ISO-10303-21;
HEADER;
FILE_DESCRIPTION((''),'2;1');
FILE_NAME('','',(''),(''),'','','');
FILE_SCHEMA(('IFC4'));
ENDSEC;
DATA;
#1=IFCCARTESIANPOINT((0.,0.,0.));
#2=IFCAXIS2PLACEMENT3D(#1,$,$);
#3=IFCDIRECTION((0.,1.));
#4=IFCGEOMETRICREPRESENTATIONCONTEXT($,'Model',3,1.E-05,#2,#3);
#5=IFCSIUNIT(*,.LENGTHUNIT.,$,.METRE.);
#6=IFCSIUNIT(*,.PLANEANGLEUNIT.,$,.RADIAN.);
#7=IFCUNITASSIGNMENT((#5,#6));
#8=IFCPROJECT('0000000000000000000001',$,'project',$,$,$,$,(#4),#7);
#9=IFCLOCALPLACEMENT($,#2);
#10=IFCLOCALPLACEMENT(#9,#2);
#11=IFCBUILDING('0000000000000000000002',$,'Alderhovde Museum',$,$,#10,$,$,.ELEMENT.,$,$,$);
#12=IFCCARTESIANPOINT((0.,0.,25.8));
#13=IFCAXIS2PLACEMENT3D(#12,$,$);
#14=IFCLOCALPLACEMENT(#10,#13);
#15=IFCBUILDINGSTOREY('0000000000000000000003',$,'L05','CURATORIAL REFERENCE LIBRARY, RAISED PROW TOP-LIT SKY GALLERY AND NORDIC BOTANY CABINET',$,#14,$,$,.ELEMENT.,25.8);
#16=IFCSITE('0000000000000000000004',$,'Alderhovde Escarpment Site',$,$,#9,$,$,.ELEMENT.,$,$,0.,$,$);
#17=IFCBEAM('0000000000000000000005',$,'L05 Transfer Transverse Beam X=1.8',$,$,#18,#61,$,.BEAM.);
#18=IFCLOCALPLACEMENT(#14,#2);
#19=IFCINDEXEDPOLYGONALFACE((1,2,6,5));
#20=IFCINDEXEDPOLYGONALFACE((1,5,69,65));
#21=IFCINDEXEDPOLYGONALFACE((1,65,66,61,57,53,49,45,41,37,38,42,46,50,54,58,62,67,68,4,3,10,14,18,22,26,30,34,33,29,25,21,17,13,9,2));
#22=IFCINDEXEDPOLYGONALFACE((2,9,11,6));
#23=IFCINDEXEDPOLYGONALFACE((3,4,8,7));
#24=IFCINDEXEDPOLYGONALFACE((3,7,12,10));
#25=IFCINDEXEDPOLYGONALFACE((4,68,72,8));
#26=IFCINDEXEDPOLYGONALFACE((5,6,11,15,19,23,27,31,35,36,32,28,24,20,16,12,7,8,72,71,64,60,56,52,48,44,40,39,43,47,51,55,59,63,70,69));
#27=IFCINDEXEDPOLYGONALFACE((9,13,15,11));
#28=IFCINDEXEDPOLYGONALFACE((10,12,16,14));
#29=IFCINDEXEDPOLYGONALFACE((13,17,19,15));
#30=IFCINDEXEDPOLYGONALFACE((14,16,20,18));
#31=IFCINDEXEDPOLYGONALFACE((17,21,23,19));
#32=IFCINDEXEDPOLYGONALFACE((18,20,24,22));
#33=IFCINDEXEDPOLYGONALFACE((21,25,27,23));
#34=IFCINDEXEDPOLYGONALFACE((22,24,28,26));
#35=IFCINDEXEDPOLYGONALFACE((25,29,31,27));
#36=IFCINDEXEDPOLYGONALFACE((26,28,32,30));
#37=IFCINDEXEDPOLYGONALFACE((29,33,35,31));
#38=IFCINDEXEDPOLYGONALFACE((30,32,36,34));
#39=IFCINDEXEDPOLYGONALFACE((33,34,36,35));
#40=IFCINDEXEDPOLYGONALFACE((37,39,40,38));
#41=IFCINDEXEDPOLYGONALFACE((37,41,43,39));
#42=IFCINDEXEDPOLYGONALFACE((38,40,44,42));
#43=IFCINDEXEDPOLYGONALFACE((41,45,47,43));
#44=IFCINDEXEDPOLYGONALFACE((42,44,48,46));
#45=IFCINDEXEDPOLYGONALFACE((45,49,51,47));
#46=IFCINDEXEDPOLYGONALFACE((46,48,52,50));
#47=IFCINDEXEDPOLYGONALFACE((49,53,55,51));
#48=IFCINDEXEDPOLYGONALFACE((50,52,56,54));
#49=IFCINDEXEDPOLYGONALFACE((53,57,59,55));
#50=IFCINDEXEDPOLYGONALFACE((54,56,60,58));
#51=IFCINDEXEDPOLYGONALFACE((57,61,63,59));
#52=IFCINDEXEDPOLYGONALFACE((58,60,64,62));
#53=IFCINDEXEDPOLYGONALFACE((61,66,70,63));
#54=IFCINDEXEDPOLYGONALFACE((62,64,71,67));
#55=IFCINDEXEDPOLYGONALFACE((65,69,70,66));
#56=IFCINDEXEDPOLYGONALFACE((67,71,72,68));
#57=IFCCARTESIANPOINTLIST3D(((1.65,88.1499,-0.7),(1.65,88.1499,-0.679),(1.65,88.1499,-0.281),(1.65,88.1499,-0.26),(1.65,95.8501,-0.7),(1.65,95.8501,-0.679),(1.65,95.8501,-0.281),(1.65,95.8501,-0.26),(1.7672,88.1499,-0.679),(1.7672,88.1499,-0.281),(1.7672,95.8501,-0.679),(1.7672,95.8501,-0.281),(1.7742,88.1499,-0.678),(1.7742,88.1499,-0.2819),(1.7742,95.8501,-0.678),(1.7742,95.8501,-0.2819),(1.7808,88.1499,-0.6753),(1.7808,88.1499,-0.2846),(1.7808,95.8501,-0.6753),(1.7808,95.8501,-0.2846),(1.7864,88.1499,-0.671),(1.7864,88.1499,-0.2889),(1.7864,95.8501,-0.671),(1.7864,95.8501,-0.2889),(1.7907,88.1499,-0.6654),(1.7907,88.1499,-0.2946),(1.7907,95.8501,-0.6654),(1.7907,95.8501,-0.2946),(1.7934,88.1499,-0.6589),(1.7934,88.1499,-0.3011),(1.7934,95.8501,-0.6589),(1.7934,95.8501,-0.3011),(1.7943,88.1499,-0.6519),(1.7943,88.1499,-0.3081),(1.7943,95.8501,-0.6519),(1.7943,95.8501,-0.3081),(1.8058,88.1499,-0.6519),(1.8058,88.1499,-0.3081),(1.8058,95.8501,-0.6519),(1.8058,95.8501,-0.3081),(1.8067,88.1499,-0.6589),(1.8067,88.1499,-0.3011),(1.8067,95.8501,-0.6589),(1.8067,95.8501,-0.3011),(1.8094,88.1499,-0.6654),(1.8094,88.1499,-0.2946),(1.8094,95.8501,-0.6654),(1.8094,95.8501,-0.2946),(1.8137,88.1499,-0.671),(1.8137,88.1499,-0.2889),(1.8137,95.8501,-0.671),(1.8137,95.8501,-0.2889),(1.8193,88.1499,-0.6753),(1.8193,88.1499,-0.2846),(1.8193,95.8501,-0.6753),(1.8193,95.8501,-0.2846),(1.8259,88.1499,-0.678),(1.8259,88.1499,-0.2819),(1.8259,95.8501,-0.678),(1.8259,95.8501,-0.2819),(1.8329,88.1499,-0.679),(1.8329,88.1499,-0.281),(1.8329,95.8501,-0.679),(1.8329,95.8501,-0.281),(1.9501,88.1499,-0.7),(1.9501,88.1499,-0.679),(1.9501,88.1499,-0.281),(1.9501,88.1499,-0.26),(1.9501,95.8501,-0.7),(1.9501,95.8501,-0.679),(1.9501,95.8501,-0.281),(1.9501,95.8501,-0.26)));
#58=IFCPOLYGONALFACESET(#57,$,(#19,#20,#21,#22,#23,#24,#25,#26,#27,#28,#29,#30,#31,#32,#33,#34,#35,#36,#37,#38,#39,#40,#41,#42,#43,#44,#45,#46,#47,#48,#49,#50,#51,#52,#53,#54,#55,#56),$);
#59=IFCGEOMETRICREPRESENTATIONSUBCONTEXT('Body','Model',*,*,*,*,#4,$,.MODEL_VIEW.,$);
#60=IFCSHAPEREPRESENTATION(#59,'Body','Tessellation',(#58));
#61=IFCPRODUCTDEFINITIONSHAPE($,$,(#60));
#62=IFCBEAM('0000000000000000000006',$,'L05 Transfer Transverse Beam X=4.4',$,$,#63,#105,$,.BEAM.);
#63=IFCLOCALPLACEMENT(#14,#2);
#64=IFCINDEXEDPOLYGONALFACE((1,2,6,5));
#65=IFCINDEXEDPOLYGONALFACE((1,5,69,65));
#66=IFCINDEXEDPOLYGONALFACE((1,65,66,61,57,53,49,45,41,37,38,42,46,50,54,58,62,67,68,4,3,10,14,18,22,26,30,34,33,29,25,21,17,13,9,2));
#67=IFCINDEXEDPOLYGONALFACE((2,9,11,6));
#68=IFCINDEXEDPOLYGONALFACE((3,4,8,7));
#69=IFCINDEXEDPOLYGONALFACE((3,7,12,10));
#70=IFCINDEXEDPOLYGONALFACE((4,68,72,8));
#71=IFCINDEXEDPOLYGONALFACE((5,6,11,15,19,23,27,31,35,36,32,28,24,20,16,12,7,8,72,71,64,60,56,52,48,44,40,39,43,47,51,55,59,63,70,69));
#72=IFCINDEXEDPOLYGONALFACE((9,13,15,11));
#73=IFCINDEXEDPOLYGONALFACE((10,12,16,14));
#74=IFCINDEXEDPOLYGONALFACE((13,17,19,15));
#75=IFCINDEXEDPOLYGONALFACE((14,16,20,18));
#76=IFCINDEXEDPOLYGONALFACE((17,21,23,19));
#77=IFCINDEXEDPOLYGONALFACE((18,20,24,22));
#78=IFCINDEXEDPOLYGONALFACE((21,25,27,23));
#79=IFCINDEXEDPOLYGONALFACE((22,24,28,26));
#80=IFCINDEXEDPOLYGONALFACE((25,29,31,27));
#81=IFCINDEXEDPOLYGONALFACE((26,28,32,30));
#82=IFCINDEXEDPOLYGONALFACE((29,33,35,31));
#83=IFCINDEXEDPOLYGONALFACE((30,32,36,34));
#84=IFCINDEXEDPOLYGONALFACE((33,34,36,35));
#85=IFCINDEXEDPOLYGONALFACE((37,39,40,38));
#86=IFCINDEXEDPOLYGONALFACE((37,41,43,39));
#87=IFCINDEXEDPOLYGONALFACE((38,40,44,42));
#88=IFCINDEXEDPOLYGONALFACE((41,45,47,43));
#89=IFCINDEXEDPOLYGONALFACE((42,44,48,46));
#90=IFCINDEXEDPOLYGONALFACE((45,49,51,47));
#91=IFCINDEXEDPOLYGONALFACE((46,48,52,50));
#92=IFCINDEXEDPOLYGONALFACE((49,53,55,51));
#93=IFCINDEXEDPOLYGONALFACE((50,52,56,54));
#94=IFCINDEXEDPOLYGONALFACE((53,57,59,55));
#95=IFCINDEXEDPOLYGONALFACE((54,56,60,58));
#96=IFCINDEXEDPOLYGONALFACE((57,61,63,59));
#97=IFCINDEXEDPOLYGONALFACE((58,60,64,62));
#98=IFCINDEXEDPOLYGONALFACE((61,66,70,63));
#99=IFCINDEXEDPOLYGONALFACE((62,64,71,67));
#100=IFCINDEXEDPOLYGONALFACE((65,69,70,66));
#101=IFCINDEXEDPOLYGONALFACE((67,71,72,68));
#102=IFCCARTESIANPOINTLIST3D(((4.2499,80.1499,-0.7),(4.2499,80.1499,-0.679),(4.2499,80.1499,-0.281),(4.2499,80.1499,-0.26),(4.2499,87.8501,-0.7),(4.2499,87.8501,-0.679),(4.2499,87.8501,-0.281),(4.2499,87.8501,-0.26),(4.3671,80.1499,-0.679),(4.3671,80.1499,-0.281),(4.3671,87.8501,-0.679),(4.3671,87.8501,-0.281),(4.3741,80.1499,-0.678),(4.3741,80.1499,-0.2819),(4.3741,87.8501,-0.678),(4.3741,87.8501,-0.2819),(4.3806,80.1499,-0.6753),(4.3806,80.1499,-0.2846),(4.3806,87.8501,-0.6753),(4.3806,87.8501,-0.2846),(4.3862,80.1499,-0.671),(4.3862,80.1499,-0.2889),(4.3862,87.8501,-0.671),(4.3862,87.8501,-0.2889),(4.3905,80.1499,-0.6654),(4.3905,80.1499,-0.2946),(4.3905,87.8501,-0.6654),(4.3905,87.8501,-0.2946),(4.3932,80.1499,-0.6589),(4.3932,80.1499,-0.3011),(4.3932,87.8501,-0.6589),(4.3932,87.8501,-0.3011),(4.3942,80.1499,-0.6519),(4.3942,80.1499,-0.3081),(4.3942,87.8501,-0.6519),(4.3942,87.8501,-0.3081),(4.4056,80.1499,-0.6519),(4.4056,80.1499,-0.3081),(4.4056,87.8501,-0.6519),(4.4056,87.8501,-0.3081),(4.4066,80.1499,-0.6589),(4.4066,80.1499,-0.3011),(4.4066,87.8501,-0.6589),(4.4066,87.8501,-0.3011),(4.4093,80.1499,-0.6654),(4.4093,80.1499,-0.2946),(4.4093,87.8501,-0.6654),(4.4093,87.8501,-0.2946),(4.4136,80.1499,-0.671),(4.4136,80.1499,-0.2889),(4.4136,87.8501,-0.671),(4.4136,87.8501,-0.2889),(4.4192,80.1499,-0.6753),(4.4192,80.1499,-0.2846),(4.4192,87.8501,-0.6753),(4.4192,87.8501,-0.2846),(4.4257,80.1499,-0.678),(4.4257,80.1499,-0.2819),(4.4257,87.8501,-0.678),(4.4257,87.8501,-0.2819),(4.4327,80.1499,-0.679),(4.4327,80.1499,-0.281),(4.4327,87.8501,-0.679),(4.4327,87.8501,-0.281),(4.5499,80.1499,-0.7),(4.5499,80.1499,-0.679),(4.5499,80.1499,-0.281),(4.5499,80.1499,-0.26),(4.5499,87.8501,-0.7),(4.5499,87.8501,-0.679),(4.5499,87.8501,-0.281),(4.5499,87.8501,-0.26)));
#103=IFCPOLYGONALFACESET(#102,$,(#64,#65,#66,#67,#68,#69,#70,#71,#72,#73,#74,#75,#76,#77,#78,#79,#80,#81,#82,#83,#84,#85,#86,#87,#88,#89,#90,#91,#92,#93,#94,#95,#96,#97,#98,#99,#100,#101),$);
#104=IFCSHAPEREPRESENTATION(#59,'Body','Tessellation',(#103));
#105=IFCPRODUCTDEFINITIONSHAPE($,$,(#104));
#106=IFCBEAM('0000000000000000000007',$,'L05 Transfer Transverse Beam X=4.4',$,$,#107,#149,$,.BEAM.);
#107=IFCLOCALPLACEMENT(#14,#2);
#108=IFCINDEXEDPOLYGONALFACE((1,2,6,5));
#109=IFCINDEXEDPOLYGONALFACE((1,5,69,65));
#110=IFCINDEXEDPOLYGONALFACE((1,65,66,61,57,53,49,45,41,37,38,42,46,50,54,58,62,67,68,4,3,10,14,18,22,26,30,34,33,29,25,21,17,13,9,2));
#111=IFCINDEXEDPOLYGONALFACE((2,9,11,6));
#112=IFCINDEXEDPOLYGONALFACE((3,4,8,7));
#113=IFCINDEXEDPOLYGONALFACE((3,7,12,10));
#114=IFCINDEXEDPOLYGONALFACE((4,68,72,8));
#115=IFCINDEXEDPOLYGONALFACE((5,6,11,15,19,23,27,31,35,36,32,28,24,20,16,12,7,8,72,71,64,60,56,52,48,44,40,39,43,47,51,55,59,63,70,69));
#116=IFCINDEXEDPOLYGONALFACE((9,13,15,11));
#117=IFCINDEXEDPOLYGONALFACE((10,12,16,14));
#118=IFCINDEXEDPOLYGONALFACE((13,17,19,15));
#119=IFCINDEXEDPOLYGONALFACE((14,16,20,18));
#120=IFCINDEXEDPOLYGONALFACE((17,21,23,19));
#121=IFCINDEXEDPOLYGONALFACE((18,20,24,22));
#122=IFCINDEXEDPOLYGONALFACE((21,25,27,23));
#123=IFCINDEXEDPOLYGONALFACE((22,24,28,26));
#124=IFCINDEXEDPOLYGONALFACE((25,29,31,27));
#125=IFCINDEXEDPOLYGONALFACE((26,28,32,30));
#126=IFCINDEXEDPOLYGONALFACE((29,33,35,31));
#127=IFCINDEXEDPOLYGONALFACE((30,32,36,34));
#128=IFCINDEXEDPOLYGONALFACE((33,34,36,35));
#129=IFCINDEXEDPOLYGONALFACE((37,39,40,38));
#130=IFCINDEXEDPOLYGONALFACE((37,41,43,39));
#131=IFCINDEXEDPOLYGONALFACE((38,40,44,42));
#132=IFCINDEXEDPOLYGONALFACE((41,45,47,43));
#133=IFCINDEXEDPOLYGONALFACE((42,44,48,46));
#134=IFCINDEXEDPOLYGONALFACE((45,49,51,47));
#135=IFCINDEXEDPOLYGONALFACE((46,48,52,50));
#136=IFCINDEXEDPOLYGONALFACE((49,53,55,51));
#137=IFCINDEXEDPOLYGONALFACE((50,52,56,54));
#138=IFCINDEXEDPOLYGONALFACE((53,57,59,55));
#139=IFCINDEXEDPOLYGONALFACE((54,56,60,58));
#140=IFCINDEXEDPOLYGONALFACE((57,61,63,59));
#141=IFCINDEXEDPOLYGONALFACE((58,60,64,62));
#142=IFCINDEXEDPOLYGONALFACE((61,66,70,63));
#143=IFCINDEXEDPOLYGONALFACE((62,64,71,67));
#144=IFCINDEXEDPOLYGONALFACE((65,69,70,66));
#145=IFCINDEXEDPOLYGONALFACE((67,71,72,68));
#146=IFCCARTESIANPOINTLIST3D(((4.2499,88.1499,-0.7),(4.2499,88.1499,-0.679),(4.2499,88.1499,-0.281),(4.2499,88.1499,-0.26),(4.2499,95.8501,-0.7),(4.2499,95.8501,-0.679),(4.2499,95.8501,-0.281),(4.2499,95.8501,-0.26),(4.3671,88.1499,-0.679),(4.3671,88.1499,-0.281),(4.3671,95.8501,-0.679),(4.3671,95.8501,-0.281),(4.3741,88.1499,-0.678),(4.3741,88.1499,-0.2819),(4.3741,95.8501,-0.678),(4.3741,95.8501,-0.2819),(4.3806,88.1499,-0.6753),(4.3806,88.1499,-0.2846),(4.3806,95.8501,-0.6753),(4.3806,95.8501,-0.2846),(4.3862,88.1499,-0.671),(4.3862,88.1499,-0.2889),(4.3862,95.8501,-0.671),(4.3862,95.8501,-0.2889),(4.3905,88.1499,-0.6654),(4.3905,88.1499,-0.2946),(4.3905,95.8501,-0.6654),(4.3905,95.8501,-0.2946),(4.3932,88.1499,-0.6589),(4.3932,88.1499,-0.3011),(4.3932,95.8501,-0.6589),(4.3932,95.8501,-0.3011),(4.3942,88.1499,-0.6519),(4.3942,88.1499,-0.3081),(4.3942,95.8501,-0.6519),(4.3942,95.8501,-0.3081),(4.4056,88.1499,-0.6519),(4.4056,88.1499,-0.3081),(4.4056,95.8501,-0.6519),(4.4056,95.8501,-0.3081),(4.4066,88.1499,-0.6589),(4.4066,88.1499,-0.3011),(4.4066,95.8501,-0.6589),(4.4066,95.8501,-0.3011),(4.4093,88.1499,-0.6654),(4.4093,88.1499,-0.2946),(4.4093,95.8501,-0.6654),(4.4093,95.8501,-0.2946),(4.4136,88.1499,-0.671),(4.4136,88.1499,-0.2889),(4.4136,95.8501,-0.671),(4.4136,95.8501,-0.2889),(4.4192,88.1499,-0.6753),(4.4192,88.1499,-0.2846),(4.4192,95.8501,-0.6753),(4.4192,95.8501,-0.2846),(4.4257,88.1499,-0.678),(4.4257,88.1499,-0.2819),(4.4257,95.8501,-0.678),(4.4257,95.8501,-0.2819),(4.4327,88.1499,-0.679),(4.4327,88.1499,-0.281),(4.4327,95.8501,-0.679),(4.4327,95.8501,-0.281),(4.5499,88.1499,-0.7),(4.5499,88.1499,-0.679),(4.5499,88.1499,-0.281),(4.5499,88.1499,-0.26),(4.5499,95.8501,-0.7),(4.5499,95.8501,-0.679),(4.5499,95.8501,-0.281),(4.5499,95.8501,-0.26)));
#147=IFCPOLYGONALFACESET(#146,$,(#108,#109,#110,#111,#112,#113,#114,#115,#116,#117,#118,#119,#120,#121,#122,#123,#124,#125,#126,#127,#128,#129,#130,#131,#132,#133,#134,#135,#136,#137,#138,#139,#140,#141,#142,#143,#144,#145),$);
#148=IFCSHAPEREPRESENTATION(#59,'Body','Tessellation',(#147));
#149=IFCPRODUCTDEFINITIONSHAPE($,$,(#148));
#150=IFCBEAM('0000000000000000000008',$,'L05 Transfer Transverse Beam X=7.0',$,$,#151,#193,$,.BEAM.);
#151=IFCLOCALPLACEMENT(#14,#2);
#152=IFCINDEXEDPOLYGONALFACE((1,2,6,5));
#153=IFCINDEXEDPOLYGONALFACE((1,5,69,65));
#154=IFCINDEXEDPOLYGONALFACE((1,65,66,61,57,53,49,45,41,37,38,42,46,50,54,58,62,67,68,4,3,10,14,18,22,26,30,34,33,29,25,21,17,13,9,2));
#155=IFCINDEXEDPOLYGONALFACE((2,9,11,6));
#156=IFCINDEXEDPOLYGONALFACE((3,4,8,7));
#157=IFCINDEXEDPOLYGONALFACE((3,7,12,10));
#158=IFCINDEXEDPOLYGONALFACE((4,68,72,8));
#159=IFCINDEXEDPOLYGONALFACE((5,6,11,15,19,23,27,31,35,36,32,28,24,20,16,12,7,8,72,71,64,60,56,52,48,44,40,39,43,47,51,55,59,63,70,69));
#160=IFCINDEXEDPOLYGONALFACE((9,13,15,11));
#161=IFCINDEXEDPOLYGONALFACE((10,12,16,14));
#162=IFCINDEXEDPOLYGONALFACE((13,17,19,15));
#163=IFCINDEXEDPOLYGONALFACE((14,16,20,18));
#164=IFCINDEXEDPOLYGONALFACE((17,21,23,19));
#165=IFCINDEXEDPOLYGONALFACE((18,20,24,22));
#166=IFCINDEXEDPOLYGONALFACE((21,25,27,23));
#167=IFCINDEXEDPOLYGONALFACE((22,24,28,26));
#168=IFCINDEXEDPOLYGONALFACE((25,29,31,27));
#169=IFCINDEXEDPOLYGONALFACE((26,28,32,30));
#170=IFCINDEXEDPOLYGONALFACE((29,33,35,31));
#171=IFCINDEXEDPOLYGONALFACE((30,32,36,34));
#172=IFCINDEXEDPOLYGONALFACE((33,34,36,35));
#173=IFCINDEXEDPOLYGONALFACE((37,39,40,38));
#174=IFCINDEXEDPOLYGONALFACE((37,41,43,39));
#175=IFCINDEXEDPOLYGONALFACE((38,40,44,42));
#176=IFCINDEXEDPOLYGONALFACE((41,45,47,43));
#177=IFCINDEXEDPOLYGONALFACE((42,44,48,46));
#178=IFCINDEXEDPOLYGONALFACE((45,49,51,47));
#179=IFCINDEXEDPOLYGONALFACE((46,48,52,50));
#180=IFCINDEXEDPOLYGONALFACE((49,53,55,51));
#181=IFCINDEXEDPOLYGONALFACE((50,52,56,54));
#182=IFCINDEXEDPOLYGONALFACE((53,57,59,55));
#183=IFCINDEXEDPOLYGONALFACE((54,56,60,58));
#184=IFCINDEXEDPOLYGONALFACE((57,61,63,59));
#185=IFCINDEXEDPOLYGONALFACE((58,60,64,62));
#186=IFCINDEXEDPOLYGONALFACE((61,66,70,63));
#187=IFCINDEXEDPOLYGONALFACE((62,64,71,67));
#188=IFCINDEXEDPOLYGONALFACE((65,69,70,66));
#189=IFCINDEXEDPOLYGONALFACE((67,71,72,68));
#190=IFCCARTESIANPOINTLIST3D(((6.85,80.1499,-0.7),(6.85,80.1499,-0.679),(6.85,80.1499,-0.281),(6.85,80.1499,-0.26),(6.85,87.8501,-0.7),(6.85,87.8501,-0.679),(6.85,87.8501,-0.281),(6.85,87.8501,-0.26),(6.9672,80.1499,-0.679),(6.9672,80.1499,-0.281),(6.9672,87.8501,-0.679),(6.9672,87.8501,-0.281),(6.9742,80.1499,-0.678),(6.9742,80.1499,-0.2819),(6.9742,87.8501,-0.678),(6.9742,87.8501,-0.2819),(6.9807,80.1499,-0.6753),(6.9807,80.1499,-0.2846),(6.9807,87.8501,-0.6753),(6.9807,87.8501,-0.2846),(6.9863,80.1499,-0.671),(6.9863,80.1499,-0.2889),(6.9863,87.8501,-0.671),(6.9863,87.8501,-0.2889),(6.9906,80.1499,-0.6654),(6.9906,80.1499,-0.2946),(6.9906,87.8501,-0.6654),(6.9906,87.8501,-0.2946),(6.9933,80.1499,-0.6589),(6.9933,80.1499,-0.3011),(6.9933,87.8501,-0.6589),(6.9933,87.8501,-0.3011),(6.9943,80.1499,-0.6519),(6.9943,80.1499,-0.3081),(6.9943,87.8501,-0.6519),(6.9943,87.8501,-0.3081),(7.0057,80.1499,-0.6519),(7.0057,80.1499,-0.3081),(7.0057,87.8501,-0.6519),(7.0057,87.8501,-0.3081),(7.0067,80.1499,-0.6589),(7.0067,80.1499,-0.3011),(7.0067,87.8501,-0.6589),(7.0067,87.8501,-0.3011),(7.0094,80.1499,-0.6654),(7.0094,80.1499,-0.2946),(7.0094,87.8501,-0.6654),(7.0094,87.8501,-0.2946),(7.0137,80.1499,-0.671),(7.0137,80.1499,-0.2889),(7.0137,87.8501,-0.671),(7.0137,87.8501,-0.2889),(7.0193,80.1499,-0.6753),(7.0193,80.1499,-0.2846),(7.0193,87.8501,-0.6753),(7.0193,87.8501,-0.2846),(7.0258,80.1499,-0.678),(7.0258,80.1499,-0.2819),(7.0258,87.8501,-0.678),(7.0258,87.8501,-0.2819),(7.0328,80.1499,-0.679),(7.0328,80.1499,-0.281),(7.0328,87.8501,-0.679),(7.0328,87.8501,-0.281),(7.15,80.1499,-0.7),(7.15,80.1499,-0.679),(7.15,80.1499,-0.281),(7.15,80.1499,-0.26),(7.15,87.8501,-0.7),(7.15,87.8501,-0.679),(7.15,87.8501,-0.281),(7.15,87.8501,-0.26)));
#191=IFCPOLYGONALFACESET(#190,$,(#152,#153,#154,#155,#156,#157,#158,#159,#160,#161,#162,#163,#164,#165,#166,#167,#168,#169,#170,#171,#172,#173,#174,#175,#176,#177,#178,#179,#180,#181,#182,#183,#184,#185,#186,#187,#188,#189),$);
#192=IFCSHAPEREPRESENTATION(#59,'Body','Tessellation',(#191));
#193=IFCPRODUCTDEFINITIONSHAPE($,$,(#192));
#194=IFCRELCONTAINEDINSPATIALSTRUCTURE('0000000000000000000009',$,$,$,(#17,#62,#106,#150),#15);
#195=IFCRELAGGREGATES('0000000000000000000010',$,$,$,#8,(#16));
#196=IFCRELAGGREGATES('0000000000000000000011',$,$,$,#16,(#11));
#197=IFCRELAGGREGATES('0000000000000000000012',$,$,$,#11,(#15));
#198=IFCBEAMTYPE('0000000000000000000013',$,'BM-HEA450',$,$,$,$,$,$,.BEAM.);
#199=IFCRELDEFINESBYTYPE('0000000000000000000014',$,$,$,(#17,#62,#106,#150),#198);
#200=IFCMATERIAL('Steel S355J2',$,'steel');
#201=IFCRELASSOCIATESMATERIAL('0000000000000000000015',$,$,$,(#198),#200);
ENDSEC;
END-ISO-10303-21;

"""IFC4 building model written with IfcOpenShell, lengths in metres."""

from ifc_helpers import new_model, si_unit, direction, frame, origin, origin_2d, place, context, subcontext, project, spatial, i_section, extrude, material, material_profile, profile_set, type_object, element, save


model = new_model("IFC4")

# Units and contexts
model_context = context("Model", 3, precision=1e-05, world=origin(), true_north=direction((0.0, 1.0)))
body_context = subcontext(model_context, "Body", "Model", "MODEL_VIEW")
ifc_project = project(units=[si_unit("LENGTHUNIT", "METRE"), si_unit("PLANEANGLEUNIT", "RADIAN")], contexts=[model_context])

# Site, building, storey
site_placement = place(None, origin())
site = spatial("IfcSite", under=ifc_project, at=site_placement, Name="Alderhovde Escarpment Site", CompositionType="ELEMENT", RefElevation=0.0)
building_placement = place(site_placement, origin())
building = spatial("IfcBuilding", under=site, at=building_placement, Name="Alderhovde Museum", CompositionType="ELEMENT")
storey_placement = place(building_placement, frame((0.0, 0.0, 25.8)))
storey = spatial("IfcBuildingStorey", under=building, at=storey_placement, Name="L05", Description="CURATORIAL REFERENCE LIBRARY, RAISED PROW TOP-LIT SKY GALLERY AND NORDIC BOTANY CABINET", CompositionType="ELEMENT", Elevation=25.8)

# Beams
ifc_material_1 = material(Name="Steel S355J2", Category="steel")
ifc_material_profile_1 = material_profile(ifc_material_1, i_section(OverallWidth=0.3, OverallDepth=0.4399, WebThickness=0.0115, FlangeThickness=0.021, FilletRadius=0.0271, at=origin_2d()), Name="HEA 450")
ifc_profile_set_1 = profile_set([ifc_material_profile_1], Name="Steel S355J2")
beam_type_1 = type_object("IfcBeamType", Name="BM-HEA450", PredefinedType="BEAM", material=ifc_profile_set_1)
for number, where, z_axis, x_axis, name in (
    (1, (1.8, 88.1499, -0.48), (0.0, 1.0, 0.0), (-1.0, 0.0, 0.0), "L05 Transfer Transverse Beam X=1.8"),
    (2, (4.3999, 80.1499, -0.48), (0.0, 1.0, 0.0), (-1.0, 0.0, 0.0), "L05 Transfer Transverse Beam X=4.4"),
    (3, (4.3999, 88.1499, -0.48), (0.0, 1.0, 0.0), (-1.0, 0.0, 0.0), "L05 Transfer Transverse Beam X=4.4"),
    (4, (7.0, 80.1499, -0.48), (0.0, 1.0, 0.0), (-1.0, 0.0, 0.0), "L05 Transfer Transverse Beam X=7.0"),
):
    element("IfcBeam", number, at=place(storey_placement, frame(where, z_axis=z_axis, x_axis=x_axis)), inside=storey, type_object=beam_type_1, Name=name, PredefinedType="BEAM", context=body_context, shape_type="SweptSolid", body=[
        extrude(i_section(OverallWidth=0.3, OverallDepth=0.4399, WebThickness=0.0115, FlangeThickness=0.021, FilletRadius=0.0271, at=origin_2d()), origin(), (0.0, 0.0, 1.0), 7.7002),
    ])

save(model, "model.ifc")
